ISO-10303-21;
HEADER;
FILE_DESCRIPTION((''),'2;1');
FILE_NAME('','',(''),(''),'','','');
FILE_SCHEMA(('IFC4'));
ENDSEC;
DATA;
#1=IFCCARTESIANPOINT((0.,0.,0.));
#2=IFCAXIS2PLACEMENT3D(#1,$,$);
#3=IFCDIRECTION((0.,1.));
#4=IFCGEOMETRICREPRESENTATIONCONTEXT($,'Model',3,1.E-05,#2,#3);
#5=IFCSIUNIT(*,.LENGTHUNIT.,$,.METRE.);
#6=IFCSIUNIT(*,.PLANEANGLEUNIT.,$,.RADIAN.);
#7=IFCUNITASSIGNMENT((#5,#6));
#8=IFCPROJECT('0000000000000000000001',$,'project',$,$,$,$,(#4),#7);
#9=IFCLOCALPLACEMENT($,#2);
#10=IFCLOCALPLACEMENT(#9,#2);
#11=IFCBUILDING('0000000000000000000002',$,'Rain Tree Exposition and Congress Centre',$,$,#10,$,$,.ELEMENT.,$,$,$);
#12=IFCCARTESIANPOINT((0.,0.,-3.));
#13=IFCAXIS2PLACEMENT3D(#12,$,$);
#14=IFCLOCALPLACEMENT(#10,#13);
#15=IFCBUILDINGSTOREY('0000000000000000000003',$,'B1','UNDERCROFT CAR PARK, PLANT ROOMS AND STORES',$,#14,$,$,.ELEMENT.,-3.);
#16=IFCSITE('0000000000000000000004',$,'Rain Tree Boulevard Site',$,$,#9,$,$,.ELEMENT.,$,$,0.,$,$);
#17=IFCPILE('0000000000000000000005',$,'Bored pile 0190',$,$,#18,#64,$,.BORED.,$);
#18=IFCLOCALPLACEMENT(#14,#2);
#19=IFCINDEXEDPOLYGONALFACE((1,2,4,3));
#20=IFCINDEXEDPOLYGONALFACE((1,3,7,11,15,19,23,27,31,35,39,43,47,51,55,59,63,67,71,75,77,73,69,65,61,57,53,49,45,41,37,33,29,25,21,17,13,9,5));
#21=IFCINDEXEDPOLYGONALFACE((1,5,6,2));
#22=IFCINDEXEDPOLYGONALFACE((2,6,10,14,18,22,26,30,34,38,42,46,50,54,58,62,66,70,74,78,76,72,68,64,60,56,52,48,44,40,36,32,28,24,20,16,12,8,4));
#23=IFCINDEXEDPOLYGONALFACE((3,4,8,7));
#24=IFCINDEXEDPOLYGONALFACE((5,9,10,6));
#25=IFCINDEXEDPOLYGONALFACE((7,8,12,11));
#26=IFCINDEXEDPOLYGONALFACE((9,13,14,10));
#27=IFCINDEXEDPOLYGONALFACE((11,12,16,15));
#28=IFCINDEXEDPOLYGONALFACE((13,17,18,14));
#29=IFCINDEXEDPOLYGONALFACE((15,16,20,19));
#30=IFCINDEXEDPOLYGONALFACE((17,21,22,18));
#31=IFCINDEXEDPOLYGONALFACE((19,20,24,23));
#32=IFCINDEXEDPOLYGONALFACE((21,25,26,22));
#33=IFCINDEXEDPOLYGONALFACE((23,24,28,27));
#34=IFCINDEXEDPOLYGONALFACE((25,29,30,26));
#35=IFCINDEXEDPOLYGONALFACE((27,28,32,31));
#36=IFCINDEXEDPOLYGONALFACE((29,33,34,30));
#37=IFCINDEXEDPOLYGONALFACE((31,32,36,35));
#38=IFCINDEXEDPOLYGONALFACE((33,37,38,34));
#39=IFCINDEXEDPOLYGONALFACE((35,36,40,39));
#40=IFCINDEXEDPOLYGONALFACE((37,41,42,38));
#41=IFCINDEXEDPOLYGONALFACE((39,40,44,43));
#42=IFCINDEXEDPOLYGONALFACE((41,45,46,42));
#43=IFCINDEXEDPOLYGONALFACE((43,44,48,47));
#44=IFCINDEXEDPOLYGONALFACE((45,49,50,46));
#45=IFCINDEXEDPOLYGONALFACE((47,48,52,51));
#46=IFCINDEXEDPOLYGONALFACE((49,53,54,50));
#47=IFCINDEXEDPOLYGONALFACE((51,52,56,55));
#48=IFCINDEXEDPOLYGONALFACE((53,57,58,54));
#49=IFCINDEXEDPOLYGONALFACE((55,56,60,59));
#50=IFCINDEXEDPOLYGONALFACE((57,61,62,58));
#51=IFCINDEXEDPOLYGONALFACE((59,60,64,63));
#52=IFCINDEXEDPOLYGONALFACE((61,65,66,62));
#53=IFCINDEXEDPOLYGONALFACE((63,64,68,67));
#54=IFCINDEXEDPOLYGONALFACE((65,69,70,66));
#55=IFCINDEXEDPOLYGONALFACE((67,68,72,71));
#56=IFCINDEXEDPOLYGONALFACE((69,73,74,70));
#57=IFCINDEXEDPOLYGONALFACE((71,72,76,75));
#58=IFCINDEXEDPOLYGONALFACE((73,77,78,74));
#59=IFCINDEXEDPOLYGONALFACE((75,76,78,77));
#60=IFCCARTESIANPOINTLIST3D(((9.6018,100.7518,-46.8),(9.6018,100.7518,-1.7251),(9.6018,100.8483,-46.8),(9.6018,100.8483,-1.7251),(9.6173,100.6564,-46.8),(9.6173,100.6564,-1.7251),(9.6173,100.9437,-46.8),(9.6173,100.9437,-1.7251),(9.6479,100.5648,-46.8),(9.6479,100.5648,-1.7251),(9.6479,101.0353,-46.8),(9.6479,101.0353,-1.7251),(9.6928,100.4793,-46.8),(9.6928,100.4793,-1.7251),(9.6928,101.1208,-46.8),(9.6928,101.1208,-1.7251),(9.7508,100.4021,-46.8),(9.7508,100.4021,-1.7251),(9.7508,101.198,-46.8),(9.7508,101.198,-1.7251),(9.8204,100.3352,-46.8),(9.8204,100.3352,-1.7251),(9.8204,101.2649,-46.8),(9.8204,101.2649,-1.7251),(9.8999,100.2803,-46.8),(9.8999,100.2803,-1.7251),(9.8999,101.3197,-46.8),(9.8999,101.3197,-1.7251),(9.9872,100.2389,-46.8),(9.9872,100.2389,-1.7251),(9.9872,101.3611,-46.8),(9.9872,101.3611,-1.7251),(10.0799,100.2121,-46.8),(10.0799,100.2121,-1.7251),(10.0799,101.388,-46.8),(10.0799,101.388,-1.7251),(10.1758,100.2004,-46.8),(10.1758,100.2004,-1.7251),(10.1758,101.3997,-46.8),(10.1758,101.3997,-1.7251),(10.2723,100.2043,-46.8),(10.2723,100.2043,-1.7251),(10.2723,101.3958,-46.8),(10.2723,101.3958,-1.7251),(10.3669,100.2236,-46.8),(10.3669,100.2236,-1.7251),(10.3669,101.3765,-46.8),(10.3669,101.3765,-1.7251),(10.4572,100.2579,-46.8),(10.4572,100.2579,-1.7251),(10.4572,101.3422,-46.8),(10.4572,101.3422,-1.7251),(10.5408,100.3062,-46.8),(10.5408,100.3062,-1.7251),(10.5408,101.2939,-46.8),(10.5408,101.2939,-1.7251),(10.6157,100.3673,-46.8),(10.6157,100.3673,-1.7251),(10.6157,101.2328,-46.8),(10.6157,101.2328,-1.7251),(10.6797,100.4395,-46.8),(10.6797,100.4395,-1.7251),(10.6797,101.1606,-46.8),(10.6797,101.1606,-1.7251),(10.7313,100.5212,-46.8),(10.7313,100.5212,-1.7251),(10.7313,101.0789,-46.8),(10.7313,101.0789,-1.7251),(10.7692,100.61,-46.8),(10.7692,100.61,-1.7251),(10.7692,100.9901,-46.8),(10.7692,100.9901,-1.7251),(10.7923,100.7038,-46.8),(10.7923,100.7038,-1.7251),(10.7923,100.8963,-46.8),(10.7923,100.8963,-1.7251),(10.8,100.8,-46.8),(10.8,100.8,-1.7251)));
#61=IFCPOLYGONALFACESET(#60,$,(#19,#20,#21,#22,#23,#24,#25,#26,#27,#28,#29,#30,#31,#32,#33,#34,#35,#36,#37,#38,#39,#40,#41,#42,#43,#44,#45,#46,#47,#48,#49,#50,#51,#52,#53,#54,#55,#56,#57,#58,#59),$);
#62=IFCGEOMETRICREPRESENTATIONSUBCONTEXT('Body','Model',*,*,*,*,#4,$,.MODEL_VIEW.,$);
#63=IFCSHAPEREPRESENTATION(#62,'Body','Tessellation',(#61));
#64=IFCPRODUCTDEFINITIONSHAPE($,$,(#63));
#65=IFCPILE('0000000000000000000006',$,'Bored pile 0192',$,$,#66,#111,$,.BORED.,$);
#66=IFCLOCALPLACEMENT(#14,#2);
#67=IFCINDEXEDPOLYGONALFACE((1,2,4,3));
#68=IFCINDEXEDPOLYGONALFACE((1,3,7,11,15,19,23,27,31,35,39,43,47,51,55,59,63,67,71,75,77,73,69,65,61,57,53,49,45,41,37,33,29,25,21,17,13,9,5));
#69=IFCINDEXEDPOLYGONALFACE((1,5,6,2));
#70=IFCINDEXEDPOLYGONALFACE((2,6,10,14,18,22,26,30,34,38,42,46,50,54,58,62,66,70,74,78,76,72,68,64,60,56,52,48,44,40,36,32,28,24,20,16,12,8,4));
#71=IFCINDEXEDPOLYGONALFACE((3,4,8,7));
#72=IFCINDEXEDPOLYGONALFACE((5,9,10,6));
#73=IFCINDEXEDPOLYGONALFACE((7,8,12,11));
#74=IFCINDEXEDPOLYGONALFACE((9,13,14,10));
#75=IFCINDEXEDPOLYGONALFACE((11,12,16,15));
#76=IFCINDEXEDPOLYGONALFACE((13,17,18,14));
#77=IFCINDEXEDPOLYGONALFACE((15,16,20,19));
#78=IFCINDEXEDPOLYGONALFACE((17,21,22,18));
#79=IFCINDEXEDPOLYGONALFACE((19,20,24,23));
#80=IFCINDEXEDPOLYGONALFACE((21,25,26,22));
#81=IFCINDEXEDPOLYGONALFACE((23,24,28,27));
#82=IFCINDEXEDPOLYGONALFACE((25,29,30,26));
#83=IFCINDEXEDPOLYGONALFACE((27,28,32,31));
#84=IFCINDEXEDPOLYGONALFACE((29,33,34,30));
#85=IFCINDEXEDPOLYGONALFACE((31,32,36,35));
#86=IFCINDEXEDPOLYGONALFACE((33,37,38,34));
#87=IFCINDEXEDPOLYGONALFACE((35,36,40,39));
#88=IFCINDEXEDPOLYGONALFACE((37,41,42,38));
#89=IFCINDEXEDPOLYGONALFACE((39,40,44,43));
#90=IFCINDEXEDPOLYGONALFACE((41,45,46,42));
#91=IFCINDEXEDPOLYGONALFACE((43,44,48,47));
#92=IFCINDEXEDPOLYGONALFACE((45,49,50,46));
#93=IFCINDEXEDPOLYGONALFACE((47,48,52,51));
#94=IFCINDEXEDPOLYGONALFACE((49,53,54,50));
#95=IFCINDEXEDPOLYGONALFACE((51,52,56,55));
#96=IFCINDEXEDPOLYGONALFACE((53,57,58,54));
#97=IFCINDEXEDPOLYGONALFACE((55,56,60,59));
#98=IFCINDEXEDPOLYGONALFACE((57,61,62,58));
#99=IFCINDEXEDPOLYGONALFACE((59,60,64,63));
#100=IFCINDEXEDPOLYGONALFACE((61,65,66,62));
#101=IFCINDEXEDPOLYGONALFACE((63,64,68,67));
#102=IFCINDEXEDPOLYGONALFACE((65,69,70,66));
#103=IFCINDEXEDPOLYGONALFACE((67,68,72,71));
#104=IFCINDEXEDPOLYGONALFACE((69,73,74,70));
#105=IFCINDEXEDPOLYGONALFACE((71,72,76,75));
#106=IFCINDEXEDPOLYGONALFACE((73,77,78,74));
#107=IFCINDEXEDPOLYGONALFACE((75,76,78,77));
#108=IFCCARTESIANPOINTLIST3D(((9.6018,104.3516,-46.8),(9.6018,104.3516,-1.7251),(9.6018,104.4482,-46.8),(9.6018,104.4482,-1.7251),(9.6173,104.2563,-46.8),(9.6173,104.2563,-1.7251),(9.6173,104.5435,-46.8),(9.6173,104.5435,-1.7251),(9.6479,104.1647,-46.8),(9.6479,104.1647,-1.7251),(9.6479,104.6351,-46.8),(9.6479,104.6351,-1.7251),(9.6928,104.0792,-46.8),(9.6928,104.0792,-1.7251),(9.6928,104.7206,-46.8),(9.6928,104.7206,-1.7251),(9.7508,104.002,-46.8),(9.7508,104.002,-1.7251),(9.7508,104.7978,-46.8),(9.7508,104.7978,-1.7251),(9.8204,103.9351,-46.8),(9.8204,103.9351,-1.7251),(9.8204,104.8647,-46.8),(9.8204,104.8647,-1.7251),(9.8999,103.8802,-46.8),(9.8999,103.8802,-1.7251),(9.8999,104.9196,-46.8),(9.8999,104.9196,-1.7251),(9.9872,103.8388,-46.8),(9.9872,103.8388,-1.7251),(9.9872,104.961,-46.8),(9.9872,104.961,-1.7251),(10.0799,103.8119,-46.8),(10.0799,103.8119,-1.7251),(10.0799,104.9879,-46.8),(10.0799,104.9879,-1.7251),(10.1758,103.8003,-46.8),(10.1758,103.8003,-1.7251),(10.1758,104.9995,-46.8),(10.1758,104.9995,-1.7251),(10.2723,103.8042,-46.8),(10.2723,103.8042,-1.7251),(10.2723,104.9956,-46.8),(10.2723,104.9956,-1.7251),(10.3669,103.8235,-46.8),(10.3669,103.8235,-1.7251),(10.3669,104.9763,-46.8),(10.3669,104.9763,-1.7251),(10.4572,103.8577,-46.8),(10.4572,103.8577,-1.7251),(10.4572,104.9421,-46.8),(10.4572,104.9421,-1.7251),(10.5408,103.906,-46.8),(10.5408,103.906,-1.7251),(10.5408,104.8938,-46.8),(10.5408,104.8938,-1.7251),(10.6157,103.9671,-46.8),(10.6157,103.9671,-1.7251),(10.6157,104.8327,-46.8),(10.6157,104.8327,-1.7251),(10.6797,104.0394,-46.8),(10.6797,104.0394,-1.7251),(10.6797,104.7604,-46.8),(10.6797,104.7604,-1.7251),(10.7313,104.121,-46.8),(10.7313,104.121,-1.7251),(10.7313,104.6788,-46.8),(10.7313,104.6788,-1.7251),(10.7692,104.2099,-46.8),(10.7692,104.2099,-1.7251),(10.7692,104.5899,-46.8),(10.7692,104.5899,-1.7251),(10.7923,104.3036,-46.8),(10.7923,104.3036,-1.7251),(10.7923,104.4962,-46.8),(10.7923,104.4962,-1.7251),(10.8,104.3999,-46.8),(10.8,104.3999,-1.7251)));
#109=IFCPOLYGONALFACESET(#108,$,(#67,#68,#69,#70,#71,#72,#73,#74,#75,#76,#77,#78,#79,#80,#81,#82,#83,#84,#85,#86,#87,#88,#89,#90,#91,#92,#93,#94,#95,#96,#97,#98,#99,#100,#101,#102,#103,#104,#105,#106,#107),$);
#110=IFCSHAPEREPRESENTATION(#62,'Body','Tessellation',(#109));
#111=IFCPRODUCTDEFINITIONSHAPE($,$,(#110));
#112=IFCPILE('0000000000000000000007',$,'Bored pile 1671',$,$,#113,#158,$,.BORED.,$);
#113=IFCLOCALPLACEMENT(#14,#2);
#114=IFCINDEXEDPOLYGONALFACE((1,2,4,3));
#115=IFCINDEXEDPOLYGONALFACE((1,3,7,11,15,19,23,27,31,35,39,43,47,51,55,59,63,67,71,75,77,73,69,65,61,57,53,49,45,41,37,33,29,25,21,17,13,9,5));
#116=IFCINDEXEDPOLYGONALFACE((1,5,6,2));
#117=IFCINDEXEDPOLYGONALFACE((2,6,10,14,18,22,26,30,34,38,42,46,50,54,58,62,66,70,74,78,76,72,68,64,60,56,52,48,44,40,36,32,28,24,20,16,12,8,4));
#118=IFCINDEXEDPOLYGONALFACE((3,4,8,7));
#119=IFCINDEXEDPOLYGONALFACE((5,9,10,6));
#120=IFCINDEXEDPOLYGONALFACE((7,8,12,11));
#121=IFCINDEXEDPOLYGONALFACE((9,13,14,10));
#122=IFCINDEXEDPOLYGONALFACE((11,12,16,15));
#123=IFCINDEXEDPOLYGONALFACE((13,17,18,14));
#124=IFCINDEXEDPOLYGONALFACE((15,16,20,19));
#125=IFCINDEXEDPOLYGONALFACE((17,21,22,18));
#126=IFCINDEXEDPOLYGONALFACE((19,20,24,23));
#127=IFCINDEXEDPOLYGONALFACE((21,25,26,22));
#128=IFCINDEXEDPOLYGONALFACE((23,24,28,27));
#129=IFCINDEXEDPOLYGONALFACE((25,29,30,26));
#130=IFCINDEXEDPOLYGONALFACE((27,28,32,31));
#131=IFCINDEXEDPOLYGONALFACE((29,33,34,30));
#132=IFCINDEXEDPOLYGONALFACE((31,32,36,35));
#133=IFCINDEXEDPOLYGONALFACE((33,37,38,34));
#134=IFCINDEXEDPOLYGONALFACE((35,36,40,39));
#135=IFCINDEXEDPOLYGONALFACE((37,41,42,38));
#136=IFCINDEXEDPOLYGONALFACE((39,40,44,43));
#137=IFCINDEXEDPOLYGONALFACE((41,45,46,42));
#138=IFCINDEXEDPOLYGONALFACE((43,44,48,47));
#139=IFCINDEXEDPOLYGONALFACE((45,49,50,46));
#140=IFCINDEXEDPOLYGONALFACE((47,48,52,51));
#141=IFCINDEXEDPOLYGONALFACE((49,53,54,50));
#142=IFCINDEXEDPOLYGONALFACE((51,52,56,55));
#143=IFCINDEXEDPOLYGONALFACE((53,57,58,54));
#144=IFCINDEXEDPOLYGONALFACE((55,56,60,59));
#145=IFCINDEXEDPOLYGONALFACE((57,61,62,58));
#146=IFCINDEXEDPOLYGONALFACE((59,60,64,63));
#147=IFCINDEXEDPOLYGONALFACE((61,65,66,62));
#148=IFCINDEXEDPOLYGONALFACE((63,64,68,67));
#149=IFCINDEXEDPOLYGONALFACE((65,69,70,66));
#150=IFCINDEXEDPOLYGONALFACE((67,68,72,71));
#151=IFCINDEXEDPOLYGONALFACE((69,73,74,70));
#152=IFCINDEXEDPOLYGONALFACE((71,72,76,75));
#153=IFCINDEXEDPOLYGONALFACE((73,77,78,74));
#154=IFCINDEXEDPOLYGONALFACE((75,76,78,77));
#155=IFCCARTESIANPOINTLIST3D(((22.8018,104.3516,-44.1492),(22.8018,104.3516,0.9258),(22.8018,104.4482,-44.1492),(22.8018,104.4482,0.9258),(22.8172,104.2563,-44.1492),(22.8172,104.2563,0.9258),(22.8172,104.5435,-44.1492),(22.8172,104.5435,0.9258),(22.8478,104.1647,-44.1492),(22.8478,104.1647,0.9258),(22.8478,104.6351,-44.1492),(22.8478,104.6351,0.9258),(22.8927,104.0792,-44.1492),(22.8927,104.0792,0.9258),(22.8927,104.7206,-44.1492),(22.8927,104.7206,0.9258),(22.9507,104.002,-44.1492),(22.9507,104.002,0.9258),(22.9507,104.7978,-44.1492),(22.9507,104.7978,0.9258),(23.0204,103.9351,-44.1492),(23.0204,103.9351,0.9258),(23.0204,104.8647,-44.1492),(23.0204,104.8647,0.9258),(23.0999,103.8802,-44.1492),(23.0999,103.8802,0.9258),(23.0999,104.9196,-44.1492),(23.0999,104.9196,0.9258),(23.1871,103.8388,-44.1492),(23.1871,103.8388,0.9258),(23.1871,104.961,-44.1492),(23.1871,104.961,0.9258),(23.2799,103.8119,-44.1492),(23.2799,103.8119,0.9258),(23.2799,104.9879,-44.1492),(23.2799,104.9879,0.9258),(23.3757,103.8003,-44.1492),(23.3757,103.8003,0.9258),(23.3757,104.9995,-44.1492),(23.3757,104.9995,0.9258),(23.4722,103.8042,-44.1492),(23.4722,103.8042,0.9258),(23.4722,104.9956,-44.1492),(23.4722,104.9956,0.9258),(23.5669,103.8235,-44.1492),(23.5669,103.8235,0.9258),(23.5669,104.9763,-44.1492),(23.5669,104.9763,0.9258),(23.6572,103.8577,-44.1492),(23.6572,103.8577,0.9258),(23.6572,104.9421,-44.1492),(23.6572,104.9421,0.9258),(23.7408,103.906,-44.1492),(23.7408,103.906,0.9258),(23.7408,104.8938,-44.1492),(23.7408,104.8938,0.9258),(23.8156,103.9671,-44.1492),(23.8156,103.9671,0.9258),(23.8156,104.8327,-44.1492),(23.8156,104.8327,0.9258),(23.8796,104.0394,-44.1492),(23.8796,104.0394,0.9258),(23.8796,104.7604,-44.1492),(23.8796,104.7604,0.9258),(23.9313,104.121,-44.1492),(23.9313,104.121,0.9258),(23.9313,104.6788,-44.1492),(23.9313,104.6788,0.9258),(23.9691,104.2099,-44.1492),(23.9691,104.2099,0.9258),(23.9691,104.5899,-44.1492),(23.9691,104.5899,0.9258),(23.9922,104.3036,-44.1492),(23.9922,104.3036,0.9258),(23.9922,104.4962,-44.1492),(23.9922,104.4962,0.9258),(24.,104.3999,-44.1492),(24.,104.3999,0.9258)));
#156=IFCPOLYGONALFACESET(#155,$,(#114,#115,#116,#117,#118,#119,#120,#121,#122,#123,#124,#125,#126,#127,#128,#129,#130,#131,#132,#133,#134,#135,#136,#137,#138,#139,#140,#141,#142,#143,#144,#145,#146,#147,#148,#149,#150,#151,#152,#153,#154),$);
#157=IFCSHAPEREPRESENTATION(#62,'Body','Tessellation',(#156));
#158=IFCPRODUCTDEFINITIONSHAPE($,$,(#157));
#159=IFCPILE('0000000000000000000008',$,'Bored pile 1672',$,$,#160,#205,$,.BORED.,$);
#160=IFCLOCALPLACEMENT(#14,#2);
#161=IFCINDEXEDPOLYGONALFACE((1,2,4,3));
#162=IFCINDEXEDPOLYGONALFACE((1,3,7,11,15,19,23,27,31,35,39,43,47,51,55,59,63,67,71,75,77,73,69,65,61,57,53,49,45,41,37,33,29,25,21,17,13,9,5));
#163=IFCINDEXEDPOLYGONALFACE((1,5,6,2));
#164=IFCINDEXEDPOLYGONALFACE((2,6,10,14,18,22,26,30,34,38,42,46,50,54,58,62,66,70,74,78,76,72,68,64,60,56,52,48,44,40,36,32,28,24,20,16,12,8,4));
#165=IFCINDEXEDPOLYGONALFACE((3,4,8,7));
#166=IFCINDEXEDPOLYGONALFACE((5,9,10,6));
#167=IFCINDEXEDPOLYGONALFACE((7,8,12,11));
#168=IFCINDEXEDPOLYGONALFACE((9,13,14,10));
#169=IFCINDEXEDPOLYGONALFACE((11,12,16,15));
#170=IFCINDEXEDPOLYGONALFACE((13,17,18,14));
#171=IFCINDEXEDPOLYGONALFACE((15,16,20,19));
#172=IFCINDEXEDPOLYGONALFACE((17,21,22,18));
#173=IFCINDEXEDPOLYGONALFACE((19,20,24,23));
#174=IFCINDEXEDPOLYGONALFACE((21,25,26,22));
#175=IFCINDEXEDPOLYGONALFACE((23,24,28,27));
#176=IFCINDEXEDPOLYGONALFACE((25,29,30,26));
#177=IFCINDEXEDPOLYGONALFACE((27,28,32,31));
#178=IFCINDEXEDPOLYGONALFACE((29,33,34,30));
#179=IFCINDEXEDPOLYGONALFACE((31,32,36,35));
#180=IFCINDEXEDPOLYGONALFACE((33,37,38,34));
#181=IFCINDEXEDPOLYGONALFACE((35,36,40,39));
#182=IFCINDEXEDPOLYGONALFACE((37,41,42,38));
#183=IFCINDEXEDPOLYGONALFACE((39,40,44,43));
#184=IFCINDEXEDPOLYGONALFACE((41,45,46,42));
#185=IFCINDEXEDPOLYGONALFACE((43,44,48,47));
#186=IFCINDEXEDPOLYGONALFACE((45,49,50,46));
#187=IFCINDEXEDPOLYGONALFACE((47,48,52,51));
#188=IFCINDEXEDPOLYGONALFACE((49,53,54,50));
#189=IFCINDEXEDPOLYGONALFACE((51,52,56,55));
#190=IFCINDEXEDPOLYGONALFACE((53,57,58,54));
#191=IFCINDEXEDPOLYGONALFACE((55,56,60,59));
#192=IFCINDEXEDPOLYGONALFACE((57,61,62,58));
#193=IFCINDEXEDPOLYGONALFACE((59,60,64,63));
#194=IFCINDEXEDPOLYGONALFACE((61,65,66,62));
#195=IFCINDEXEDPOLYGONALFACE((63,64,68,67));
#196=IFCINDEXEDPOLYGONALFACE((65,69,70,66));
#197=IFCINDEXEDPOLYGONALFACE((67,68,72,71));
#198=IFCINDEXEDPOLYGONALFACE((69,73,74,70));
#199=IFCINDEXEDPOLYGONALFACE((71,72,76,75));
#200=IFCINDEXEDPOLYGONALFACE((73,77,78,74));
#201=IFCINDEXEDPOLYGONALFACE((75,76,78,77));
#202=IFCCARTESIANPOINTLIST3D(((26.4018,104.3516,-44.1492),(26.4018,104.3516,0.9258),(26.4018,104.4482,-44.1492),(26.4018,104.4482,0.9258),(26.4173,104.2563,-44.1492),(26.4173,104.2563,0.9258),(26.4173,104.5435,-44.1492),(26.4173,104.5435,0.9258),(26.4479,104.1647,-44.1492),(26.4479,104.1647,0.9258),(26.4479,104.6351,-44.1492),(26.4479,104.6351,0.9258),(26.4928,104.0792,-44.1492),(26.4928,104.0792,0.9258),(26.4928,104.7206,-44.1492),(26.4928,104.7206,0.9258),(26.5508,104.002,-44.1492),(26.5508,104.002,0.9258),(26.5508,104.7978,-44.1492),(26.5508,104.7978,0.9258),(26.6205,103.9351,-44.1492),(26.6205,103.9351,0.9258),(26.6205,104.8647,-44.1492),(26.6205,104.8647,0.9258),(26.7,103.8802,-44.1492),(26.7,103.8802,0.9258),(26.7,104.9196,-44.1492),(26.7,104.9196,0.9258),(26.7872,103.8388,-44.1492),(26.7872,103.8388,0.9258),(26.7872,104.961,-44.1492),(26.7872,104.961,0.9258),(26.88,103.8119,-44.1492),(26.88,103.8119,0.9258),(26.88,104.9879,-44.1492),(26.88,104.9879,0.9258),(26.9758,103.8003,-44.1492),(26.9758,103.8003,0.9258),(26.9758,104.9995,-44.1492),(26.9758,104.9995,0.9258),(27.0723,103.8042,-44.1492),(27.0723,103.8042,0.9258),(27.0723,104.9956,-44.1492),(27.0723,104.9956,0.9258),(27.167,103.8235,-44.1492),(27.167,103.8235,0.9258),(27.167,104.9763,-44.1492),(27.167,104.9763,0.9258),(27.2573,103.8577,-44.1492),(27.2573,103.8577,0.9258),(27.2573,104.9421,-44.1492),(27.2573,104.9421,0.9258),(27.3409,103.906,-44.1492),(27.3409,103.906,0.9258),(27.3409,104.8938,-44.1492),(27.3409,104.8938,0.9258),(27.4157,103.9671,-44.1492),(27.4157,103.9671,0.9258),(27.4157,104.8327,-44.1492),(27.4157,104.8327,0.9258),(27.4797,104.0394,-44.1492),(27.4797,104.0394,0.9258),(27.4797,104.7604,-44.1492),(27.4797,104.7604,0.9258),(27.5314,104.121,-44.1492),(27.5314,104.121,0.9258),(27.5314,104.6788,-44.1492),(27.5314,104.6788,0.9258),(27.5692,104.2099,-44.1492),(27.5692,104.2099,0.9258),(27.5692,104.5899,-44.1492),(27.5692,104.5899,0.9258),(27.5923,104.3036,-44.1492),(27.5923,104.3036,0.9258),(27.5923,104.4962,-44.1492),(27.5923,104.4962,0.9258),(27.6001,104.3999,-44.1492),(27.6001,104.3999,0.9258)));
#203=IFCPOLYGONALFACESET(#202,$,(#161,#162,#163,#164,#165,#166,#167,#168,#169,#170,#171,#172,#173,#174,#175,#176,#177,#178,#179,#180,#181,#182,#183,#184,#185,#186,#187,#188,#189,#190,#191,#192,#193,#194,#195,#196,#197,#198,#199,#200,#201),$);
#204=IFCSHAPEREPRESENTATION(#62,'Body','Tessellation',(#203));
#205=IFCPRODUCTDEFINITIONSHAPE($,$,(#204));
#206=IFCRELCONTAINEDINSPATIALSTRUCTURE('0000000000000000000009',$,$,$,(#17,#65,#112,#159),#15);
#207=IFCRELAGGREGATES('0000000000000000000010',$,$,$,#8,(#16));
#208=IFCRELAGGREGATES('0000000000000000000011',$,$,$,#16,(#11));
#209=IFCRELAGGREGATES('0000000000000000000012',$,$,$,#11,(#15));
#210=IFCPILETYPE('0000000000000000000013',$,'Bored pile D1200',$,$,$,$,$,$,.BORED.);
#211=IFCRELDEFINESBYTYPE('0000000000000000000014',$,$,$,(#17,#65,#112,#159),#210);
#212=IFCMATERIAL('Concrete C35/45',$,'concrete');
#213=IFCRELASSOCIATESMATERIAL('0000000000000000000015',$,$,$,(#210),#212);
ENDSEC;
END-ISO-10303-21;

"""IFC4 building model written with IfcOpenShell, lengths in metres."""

from ifc_helpers import new_model, si_unit, direction, frame, origin, origin_2d, place, context, subcontext, project, spatial, circle, extrude, material, material_profile, profile_set, type_object, element, save


model = new_model("IFC4")

# Units and contexts
model_context = context("Model", 3, precision=1e-05, world=origin(), true_north=direction((0.0, 1.0)))
body_context = subcontext(model_context, "Body", "Model", "MODEL_VIEW")
ifc_project = project(units=[si_unit("LENGTHUNIT", "METRE"), si_unit("PLANEANGLEUNIT", "RADIAN")], contexts=[model_context])

# Site, building, storey
site_placement = place(None, origin())
site = spatial("IfcSite", under=ifc_project, at=site_placement, Name="Rain Tree Boulevard Site", CompositionType="ELEMENT", RefElevation=0.0)
building_placement = place(site_placement, origin())
building = spatial("IfcBuilding", under=site, at=building_placement, Name="Rain Tree Exposition and Congress Centre", CompositionType="ELEMENT")
storey_placement = place(building_placement, frame((0.0, 0.0, -3.0)))
storey = spatial("IfcBuildingStorey", under=building, at=storey_placement, Name="B1", Description="UNDERCROFT CAR PARK, PLANT ROOMS AND STORES", CompositionType="ELEMENT", Elevation=-3.0)

# Piles
ifc_material_1 = material(Name="Concrete C35/45", Category="concrete")
ifc_material_profile_1 = material_profile(ifc_material_1, circle(Radius=0.6001, at=origin_2d()), Name="D1200")
ifc_profile_set_1 = profile_set([ifc_material_profile_1], Name="Concrete C35/45")
pile_type_1 = type_object("IfcPileType", Name="Bored pile D1200", PredefinedType="BORED", material=ifc_profile_set_1)
for number, where, z_axis, x_axis, name in (
    (1, (10.2, 100.8, -1.7251), (0.0, 0.0, -1.0), (1.0, 0.0, 0.0), "Bored pile 0190"),
    (2, (10.2, 104.3999, -1.7251), (0.0, 0.0, -1.0), (1.0, 0.0, 0.0), "Bored pile 0192"),
    (3, (23.3999, 104.3999, 0.9258), (0.0, 0.0, -1.0), (1.0, 0.0, 0.0), "Bored pile 1671"),
    (4, (27.0, 104.3999, 0.9258), (0.0, 0.0, -1.0), (1.0, 0.0, 0.0), "Bored pile 1672"),
):
    element("IfcPile", number, at=place(storey_placement, frame(where, z_axis=z_axis, x_axis=x_axis)), inside=storey, type_object=pile_type_1, Name=name, PredefinedType="BORED", context=body_context, shape_type="SweptSolid", body=[
        extrude(circle(Radius=0.6001, at=origin_2d()), origin(), (0.0, 0.0, 1.0), 45.075),
    ])

save(model, "model.ifc")
